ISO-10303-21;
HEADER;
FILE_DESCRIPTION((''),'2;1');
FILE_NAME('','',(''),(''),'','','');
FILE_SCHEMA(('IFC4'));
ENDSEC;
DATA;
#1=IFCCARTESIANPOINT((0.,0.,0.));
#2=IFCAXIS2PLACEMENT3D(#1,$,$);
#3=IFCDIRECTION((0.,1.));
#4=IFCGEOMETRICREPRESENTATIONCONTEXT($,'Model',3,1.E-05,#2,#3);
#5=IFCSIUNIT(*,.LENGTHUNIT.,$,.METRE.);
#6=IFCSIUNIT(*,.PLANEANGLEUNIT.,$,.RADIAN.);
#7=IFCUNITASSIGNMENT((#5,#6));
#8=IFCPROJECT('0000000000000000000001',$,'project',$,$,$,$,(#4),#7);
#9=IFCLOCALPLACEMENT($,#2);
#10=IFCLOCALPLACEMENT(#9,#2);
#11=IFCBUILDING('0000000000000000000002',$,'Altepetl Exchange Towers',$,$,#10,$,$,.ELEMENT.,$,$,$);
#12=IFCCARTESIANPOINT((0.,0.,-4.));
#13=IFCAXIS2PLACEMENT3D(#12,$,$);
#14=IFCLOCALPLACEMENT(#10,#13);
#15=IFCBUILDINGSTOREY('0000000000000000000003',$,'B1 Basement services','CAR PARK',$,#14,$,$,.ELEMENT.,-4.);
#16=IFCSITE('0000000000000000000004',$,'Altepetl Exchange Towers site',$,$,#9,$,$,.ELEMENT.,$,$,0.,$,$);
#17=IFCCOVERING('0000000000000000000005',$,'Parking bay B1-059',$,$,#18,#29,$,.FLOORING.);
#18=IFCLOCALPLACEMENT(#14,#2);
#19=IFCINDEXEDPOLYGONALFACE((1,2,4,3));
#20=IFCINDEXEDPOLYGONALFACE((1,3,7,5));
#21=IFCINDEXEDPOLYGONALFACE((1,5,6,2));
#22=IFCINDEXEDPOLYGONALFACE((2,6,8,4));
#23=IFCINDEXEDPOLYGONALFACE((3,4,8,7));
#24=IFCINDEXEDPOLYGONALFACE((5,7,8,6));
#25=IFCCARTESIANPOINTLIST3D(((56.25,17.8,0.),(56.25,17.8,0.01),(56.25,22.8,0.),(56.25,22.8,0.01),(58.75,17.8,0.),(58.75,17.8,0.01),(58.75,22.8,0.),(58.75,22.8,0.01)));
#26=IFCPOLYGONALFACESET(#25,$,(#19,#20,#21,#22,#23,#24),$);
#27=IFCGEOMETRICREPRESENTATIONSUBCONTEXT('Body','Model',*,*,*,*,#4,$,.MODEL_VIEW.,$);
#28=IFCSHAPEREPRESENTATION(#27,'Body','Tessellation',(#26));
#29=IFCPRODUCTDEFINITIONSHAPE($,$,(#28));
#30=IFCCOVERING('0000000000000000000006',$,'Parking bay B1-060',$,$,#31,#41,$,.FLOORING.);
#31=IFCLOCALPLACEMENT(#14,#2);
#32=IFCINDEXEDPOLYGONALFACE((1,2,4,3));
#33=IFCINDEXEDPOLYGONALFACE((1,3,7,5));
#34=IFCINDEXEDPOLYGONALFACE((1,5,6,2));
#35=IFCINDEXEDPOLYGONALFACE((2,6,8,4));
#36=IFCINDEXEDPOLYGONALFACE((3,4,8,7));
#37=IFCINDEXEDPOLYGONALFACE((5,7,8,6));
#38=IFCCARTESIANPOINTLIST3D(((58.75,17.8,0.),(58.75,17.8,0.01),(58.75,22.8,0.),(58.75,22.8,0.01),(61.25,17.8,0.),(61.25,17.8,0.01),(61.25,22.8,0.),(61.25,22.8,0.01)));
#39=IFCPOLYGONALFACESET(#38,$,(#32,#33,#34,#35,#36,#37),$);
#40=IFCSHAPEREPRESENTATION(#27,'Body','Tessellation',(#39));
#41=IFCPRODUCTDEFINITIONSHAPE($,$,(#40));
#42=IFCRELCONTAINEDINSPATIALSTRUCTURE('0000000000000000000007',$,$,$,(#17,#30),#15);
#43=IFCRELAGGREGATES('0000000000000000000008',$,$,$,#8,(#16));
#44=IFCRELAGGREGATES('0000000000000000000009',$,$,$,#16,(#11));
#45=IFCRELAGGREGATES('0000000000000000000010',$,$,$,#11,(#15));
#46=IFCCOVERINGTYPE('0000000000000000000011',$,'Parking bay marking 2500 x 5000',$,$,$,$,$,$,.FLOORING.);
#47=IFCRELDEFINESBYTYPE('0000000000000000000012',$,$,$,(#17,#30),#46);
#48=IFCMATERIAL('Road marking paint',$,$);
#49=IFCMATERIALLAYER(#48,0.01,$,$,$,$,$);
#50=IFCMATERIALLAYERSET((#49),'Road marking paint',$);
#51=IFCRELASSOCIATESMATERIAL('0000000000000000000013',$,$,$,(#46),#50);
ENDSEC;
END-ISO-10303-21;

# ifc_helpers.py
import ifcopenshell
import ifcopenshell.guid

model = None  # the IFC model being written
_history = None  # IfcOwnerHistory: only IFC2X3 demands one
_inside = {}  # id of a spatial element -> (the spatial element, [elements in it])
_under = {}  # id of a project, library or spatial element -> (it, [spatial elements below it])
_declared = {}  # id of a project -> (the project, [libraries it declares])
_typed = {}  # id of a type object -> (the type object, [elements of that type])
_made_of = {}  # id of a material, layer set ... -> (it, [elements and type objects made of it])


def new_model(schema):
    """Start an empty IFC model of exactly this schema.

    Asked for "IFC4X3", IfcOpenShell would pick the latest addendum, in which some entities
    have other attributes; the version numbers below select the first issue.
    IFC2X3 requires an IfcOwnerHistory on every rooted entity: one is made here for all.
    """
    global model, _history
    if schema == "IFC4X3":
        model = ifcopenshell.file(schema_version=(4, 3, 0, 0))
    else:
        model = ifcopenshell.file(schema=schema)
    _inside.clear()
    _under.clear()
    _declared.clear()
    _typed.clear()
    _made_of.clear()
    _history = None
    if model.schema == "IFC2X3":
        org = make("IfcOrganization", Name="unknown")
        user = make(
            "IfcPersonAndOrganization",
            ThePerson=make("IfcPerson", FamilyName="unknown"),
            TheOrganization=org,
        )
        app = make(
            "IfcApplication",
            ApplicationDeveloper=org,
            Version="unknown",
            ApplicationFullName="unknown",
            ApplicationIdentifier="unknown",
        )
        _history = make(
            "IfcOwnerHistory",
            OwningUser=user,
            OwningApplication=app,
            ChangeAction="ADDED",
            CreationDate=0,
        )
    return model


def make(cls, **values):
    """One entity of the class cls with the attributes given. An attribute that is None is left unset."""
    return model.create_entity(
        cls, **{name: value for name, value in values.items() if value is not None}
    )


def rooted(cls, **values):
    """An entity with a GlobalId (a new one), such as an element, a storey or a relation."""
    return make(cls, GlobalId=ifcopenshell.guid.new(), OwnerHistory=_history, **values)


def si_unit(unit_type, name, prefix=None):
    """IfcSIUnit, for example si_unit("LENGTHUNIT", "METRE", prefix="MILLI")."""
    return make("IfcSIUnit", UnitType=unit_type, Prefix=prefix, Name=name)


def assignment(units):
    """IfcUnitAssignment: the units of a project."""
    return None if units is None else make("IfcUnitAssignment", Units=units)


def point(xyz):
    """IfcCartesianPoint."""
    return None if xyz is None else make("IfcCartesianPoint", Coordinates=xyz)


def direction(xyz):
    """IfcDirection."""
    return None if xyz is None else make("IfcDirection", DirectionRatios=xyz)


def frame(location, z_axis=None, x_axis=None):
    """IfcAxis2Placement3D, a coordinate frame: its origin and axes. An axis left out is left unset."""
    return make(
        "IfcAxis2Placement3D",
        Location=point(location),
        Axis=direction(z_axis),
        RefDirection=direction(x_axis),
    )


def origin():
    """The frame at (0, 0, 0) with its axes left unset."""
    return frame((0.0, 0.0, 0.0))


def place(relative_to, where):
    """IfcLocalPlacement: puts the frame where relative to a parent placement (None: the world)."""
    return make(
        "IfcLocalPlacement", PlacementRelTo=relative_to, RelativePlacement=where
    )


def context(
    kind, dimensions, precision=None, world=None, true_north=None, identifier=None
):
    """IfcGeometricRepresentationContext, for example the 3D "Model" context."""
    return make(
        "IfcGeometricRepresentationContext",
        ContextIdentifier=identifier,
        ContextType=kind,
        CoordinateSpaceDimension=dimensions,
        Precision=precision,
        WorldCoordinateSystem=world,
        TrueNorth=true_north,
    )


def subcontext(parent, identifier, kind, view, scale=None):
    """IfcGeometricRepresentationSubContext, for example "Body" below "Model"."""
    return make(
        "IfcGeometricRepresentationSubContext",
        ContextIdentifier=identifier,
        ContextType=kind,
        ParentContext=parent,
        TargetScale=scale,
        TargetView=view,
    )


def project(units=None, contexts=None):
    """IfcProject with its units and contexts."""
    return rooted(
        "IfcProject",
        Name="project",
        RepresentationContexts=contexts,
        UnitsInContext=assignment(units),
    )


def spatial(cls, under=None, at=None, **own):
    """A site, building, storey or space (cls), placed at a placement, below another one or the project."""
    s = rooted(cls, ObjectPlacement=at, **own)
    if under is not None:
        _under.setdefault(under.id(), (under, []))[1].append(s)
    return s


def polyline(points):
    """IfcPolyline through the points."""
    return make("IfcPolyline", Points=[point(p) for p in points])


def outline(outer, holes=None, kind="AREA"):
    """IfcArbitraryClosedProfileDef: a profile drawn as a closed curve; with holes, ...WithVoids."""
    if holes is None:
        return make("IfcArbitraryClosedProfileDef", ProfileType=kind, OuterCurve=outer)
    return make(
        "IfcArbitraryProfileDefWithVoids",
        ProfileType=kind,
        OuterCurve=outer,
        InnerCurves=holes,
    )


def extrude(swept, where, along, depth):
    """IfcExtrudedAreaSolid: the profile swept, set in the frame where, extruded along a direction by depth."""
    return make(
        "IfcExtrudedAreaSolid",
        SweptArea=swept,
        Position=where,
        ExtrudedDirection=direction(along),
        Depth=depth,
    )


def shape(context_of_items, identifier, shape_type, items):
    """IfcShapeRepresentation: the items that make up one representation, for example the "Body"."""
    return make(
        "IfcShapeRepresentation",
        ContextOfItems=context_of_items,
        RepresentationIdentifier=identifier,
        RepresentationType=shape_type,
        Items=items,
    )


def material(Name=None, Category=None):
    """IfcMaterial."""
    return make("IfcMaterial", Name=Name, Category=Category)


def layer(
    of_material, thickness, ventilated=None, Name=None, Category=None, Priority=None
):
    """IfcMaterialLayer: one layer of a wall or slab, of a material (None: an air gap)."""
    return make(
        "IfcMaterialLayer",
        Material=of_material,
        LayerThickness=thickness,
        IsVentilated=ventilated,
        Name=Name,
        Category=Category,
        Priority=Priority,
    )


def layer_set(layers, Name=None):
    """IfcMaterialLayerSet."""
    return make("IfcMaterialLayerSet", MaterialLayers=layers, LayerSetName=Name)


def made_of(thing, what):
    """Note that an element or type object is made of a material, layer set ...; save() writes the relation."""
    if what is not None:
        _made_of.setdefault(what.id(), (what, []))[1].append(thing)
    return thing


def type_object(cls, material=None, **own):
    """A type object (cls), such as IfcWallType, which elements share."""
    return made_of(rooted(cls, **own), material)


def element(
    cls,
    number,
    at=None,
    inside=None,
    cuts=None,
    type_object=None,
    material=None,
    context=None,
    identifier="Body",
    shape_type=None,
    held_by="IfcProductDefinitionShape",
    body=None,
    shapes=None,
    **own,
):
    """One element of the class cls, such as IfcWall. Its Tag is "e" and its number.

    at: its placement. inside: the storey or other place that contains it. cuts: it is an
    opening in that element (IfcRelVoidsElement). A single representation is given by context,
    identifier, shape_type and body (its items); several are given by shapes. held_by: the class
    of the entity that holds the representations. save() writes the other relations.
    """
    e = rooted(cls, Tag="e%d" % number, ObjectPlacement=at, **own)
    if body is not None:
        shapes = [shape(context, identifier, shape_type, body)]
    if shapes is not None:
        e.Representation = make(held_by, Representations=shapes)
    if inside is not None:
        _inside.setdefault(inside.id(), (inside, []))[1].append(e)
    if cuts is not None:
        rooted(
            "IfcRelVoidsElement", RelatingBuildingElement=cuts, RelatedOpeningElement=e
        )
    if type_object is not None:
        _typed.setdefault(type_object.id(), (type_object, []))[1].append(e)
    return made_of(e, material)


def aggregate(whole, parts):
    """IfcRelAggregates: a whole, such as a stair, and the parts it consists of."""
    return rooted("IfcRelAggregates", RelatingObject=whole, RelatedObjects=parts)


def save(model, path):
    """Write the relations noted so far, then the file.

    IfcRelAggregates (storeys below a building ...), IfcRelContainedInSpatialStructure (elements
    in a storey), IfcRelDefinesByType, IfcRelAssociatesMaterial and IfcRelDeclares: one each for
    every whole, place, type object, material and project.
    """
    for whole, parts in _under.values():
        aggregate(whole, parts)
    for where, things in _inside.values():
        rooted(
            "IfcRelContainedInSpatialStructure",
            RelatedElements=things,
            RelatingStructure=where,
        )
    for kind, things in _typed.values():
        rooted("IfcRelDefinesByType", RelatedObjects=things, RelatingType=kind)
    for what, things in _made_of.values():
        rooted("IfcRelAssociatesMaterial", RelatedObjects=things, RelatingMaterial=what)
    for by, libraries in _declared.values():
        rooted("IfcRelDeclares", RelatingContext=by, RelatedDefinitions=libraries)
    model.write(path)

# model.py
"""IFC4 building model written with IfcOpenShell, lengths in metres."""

from ifc_helpers import new_model, si_unit, direction, frame, origin, place, context, subcontext, project, spatial, polyline, outline, extrude, material, layer, layer_set, type_object, element, save


model = new_model("IFC4")

# Units and contexts
model_context = context("Model", 3, precision=1e-05, world=origin(), true_north=direction((0.0, 1.0)))
body_context = subcontext(model_context, "Body", "Model", "MODEL_VIEW")
ifc_project = project(units=[si_unit("LENGTHUNIT", "METRE"), si_unit("PLANEANGLEUNIT", "RADIAN")], contexts=[model_context])

# Site, building, storey
site_placement = place(None, origin())
site = spatial("IfcSite", under=ifc_project, at=site_placement, Name="Altepetl Exchange Towers site", CompositionType="ELEMENT", RefElevation=0.0)
building_placement = place(site_placement, origin())
building = spatial("IfcBuilding", under=site, at=building_placement, Name="Altepetl Exchange Towers", CompositionType="ELEMENT")
storey_placement = place(building_placement, frame((0.0, 0.0, -4.0)))
storey = spatial("IfcBuildingStorey", under=building, at=storey_placement, Name="B1 Basement services", Description="CAR PARK", CompositionType="ELEMENT", Elevation=-4.0)

# Coverings
ifc_material = material(Name="Road marking paint")
ifc_layer = layer(ifc_material, 0.01)
ifc_layer_set = layer_set([ifc_layer], Name="Road marking paint")
covering_type = type_object("IfcCoveringType", Name="Parking bay marking 2500 x 5000", PredefinedType="FLOORING", material=ifc_layer_set)
covering_1_placement = place(storey_placement, origin())
element("IfcCovering", 1, at=covering_1_placement, inside=storey, type_object=covering_type, Name="Parking bay B1-059", PredefinedType="FLOORING", context=body_context, shape_type="SweptSolid", body=[
    extrude(outline(polyline([(56.25, 17.8), (58.75, 17.8), (58.75, 22.8), (56.25, 22.8), (56.25, 17.8)])), origin(), (0.0, 0.0, 1.0), 0.01),
])
covering_2_placement = place(storey_placement, origin())
element("IfcCovering", 2, at=covering_2_placement, inside=storey, type_object=covering_type, Name="Parking bay B1-060", PredefinedType="FLOORING", context=body_context, shape_type="SweptSolid", body=[
    extrude(outline(polyline([(58.75, 17.8), (61.25, 17.8), (61.25, 22.8), (58.75, 22.8), (58.75, 17.8)])), origin(), (0.0, 0.0, 1.0), 0.01),
])

save(model, "model.ifc")
